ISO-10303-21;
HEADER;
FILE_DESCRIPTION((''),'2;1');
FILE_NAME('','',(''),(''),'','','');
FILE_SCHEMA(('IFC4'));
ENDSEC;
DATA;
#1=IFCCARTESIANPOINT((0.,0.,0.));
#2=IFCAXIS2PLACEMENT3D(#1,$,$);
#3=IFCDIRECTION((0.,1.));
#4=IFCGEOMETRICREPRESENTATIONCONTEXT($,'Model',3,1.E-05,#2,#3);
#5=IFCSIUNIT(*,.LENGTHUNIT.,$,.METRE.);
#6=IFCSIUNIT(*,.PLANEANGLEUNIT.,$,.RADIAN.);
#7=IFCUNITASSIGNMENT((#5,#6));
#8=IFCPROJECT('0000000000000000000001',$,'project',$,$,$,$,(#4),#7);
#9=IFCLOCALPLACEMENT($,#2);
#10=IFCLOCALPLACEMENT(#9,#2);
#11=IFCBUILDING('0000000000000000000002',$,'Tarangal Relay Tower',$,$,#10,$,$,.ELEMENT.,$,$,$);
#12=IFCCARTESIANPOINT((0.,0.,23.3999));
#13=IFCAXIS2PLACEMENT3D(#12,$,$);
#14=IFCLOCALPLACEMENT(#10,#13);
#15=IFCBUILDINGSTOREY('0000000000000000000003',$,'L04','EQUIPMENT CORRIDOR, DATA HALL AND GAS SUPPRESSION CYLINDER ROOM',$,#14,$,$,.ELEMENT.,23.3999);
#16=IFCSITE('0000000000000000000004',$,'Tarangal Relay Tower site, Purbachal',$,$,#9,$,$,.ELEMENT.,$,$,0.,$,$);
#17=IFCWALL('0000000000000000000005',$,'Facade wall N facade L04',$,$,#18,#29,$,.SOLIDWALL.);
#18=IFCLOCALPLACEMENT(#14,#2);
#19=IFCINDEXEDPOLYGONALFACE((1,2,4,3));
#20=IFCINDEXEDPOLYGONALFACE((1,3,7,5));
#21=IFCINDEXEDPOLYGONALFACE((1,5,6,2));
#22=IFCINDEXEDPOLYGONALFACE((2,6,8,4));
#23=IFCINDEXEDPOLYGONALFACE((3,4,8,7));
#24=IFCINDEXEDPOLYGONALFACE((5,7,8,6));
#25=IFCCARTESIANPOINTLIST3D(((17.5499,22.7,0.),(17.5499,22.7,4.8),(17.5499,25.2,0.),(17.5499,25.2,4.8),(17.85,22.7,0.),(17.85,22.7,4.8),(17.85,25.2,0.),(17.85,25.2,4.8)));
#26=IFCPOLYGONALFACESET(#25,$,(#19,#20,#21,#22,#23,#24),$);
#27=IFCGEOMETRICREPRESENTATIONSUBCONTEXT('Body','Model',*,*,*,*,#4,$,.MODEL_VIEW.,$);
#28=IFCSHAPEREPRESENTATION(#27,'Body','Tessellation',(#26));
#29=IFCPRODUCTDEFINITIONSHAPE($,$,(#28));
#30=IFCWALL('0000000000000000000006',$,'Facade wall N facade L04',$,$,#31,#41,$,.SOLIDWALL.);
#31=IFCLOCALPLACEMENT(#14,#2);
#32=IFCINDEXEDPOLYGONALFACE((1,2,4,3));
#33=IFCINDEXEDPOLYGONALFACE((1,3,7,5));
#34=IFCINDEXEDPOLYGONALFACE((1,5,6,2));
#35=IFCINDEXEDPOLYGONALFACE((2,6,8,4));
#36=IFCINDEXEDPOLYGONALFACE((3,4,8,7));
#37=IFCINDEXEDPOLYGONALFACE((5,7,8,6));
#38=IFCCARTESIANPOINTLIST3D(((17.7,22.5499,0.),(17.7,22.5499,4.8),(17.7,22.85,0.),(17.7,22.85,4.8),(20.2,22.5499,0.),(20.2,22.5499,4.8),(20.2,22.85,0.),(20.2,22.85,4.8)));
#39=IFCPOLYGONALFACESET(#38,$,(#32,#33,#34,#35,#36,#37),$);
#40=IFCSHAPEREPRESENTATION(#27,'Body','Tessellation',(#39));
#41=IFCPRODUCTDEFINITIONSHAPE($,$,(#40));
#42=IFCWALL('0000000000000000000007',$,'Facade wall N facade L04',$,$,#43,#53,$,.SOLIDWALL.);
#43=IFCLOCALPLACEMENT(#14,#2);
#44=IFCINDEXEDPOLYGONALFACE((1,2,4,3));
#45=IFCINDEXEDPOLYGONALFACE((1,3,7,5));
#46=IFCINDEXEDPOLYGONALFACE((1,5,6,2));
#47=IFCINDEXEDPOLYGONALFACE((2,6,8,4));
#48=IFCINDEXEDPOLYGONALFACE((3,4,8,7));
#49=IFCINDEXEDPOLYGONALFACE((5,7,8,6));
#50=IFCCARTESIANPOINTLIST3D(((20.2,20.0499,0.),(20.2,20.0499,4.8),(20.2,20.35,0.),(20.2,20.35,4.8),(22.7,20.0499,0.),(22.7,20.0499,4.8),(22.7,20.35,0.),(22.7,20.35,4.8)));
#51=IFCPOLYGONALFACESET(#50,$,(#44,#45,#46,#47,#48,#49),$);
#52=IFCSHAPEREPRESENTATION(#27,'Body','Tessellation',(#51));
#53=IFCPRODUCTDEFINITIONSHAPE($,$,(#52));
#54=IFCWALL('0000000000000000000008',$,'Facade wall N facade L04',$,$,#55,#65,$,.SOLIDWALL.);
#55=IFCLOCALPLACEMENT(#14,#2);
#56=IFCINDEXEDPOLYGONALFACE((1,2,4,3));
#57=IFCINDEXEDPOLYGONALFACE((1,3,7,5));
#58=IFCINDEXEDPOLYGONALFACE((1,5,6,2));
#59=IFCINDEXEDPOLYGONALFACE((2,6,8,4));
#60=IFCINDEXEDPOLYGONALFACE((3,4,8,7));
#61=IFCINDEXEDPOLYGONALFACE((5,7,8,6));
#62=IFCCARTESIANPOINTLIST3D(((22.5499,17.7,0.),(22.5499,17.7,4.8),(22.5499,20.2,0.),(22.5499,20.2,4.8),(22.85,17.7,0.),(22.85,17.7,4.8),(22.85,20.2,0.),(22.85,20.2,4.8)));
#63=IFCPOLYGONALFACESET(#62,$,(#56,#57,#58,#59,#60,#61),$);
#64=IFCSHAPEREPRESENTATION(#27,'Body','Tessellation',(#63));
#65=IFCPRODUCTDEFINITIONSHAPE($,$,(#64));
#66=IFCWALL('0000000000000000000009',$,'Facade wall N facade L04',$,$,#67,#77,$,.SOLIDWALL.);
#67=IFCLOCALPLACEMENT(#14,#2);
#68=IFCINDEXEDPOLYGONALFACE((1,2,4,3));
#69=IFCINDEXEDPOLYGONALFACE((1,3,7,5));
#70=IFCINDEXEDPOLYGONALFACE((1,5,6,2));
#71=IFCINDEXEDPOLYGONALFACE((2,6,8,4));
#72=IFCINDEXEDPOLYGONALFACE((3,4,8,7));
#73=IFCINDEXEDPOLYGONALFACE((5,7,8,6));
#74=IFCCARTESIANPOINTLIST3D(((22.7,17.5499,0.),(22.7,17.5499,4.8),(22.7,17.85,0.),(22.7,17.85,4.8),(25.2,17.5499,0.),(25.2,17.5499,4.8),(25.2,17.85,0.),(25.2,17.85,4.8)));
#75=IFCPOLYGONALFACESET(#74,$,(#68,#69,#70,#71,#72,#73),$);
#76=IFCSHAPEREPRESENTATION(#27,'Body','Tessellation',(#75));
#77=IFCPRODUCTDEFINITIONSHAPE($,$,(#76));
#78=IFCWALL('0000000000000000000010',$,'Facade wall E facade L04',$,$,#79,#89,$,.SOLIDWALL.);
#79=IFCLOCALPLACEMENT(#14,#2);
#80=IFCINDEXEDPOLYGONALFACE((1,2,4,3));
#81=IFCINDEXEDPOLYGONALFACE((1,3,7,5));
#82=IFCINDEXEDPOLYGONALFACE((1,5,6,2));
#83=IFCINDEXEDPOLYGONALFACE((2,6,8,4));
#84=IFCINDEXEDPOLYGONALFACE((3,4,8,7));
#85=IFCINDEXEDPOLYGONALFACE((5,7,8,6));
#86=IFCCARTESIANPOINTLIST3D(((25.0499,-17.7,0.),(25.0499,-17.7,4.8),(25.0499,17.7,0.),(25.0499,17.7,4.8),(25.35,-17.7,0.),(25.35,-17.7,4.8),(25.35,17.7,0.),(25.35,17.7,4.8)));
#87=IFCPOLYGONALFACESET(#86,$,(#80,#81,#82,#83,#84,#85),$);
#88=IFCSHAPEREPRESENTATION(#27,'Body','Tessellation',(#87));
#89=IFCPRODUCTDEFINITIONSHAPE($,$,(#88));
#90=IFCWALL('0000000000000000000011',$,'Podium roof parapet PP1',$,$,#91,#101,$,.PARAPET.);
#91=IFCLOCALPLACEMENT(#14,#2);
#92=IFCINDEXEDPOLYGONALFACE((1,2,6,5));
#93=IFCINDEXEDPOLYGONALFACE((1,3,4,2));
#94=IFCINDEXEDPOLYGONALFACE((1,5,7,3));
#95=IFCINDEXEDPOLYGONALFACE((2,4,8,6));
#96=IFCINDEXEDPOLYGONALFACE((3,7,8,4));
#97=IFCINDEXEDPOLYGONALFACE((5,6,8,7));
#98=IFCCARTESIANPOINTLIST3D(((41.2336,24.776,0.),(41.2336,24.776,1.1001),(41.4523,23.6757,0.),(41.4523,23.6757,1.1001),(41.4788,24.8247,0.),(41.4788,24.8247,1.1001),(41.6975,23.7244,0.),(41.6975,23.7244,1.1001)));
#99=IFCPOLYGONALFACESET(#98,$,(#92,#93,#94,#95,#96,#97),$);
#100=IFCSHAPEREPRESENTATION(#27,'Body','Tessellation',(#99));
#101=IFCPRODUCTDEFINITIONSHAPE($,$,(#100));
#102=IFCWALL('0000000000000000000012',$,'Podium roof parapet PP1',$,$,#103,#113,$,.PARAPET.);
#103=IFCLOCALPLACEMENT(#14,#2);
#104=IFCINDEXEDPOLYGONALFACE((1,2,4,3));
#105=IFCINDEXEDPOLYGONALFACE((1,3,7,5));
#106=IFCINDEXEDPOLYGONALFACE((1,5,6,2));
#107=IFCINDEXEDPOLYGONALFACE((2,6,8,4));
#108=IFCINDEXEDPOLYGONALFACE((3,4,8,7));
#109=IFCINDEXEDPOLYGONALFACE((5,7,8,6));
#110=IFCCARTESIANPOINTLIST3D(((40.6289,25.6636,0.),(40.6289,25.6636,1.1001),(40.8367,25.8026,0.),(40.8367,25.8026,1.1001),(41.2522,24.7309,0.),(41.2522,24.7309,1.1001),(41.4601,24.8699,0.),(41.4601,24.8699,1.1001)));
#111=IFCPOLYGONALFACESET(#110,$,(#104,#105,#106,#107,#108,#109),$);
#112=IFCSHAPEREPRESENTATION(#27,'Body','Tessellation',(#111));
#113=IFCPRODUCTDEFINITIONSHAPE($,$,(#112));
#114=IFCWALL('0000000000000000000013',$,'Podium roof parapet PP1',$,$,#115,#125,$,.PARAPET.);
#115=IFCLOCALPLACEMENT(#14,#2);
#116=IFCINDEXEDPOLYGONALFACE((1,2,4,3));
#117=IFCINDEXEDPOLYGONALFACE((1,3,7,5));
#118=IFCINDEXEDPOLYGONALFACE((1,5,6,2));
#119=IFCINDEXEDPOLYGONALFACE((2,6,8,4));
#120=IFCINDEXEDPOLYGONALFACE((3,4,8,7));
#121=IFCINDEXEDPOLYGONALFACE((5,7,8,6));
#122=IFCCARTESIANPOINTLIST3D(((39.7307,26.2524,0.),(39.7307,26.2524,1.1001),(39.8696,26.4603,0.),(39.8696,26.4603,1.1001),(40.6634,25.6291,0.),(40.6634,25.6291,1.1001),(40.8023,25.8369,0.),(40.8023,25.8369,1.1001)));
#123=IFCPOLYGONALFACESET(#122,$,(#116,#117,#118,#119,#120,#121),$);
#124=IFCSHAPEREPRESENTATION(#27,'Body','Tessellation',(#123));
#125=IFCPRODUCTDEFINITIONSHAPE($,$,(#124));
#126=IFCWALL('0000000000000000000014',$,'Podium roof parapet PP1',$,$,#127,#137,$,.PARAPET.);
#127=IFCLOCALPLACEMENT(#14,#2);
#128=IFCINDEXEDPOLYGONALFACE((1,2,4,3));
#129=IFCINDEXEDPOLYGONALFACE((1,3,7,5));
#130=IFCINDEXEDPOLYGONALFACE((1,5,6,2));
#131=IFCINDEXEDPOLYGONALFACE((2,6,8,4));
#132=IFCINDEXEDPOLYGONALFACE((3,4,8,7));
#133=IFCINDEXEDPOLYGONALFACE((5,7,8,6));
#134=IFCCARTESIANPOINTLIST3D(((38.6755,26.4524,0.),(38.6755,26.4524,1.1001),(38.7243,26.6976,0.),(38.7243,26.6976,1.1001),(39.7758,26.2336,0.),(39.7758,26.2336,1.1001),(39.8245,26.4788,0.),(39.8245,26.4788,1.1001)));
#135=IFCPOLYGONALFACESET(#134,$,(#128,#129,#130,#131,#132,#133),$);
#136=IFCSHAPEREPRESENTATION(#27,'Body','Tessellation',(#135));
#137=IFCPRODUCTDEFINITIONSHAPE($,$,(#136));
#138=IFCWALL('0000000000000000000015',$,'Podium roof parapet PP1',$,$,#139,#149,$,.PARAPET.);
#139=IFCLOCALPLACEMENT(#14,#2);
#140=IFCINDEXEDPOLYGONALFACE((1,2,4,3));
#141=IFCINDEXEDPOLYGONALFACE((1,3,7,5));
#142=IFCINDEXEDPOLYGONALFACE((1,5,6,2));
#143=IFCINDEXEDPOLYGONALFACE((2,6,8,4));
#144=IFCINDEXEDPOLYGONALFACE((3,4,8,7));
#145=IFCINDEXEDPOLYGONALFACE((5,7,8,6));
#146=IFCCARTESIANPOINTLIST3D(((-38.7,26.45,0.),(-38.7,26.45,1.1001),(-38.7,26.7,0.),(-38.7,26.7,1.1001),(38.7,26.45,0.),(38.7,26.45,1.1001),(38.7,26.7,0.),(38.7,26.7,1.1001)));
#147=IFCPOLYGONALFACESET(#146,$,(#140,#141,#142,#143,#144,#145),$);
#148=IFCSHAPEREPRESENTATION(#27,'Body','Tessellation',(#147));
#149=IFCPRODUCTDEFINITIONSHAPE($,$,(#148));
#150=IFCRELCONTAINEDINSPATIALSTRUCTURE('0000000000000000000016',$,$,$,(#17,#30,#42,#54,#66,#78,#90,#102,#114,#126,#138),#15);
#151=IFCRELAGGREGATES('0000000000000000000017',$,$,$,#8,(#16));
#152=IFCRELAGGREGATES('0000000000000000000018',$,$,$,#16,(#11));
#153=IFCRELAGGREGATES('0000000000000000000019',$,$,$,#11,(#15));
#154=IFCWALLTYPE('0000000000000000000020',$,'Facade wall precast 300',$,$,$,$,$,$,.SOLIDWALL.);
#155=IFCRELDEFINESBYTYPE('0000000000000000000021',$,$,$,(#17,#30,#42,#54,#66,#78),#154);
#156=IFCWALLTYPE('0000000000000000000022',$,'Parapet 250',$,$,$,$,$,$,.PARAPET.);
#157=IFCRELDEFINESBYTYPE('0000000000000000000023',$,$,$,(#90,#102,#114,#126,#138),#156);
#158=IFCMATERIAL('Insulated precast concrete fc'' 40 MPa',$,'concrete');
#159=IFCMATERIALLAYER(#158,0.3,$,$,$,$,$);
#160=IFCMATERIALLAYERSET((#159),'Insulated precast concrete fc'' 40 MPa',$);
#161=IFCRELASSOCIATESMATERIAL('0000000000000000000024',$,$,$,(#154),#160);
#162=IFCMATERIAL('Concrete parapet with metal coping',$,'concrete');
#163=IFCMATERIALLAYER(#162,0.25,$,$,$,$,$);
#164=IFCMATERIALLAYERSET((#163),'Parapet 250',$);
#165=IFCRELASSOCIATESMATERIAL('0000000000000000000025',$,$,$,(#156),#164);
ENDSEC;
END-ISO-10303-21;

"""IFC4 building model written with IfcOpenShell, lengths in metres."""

from ifc_helpers import new_model, si_unit, direction, frame, frame_2d, origin, place, context, subcontext, project, spatial, rectangle, extrude, material, layer, layer_set, type_object, element, save


model = new_model("IFC4")

# Units and contexts
model_context = context("Model", 3, precision=1e-05, world=origin(), true_north=direction((0.0, 1.0)))
body_context = subcontext(model_context, "Body", "Model", "MODEL_VIEW")
ifc_project = project(units=[si_unit("LENGTHUNIT", "METRE"), si_unit("PLANEANGLEUNIT", "RADIAN")], contexts=[model_context])

# Site, building, storey
site_placement = place(None, origin())
site = spatial("IfcSite", under=ifc_project, at=site_placement, Name="Tarangal Relay Tower site, Purbachal", CompositionType="ELEMENT", RefElevation=0.0)
building_placement = place(site_placement, origin())
building = spatial("IfcBuilding", under=site, at=building_placement, Name="Tarangal Relay Tower", CompositionType="ELEMENT")
storey_placement = place(building_placement, frame((0.0, 0.0, 23.3999)))
storey = spatial("IfcBuildingStorey", under=building, at=storey_placement, Name="L04", Description="EQUIPMENT CORRIDOR, DATA HALL AND GAS SUPPRESSION CYLINDER ROOM", CompositionType="ELEMENT", Elevation=23.3999)

# Walls
ifc_material_1 = material(Name="Insulated precast concrete fc' 40 MPa", Category="concrete")
ifc_layer_1 = layer(ifc_material_1, 0.3)
ifc_layer_set_1 = layer_set([ifc_layer_1], Name="Insulated precast concrete fc' 40 MPa")
wall_type_1 = type_object("IfcWallType", Name="Facade wall precast 300", PredefinedType="SOLIDWALL", material=ifc_layer_set_1)
for number, where, z_axis, x_axis, name in (
    (1, (17.7, 25.2, 0.0), (0.0, 0.0, 1.0), (0.0, -1.0, 0.0), "Facade wall N facade L04"),
    (2, (17.7, 22.7, 0.0), (0.0, 0.0, 1.0), (1.0, 0.0, 0.0), "Facade wall N facade L04"),
):
    element("IfcWall", number, at=place(storey_placement, frame(where, z_axis=z_axis, x_axis=x_axis)), inside=storey, type_object=wall_type_1, Name=name, PredefinedType="SOLIDWALL", context=body_context, shape_type="SweptSolid", body=[
        extrude(rectangle(XDim=2.5, YDim=0.3, at=frame_2d((1.25, 0.0))), origin(), (0.0, 0.0, 1.0), 4.8),
    ])

# Walls
for number, where, z_axis, x_axis, name in (
    (3, (20.2, 20.2, 0.0), (0.0, 0.0, 1.0), (1.0, 0.0, 0.0), "Facade wall N facade L04"),
    (4, (22.7, 20.2, 0.0), (0.0, 0.0, 1.0), (0.0, -1.0, 0.0), "Facade wall N facade L04"),
    (5, (22.7, 17.7, 0.0), (0.0, 0.0, 1.0), (1.0, 0.0, 0.0), "Facade wall N facade L04"),
):
    element("IfcWall", number, at=place(storey_placement, frame(where, z_axis=z_axis, x_axis=x_axis)), inside=storey, type_object=wall_type_1, Name=name, PredefinedType="SOLIDWALL", context=body_context, shape_type="SweptSolid", body=[
        extrude(rectangle(XDim=2.5, YDim=0.3, at=frame_2d((1.25, 0.0))), origin(), (0.0, 0.0, 1.0), 4.8),
    ])
wall_1_placement = place(storey_placement, frame((25.2, 17.7, 0.0), z_axis=(0.0, 0.0, 1.0), x_axis=(0.0, -1.0, 0.0)))
element("IfcWall", 6, at=wall_1_placement, inside=storey, type_object=wall_type_1, Name="Facade wall E facade L04", PredefinedType="SOLIDWALL", context=body_context, shape_type="SweptSolid", body=[
    extrude(rectangle(XDim=35.3999, YDim=0.3, at=frame_2d((17.7, 0.0))), origin(), (0.0, 0.0, 1.0), 4.8),
])
ifc_material_2 = material(Name="Concrete parapet with metal coping", Category="concrete")
ifc_layer_2 = layer(ifc_material_2, 0.25)
ifc_layer_set_2 = layer_set([ifc_layer_2], Name="Parapet 250")
wall_type_2 = type_object("IfcWallType", Name="Parapet 250", PredefinedType="PARAPET", material=ifc_layer_set_2)
for number, where, z_axis, x_axis, name in (
    (7, (41.575, 23.7, 0.0), (0.0, 0.0, 1.0), (-0.194986, 0.980806, 0.0), "Podium roof parapet PP1"),
    (8, (41.3562, 24.8003, 0.0), (0.0, 0.0, 1.0), (-0.555654, 0.831414, 0.0), "Podium roof parapet PP1"),
    (9, (40.7329, 25.7329, 0.0), (0.0, 0.0, 1.0), (-0.831414, 0.555654, 0.0), "Podium roof parapet PP1"),
    (10, (39.8003, 26.3562, 0.0), (0.0, 0.0, 1.0), (-0.980806, 0.194986, 0.0), "Podium roof parapet PP1"),
):
    element("IfcWall", number, at=place(storey_placement, frame(where, z_axis=z_axis, x_axis=x_axis)), inside=storey, type_object=wall_type_2, Name=name, PredefinedType="PARAPET", context=body_context, shape_type="SweptSolid", body=[
        extrude(rectangle(XDim=1.1218, YDim=0.25, at=frame_2d((0.561, 0.0))), origin(), (0.0, 0.0, 1.0), 1.1001),
    ])
wall_2_placement = place(storey_placement, frame((38.7, 26.575, 0.0), z_axis=(0.0, 0.0, 1.0), x_axis=(-1.0, 0.0, 0.0)))
element("IfcWall", 11, at=wall_2_placement, inside=storey, type_object=wall_type_2, Name="Podium roof parapet PP1", PredefinedType="PARAPET", context=body_context, shape_type="SweptSolid", body=[
    extrude(rectangle(XDim=77.3999, YDim=0.25, at=frame_2d((38.7, 0.0))), origin(), (0.0, 0.0, 1.0), 1.1001),
])

save(model, "model.ifc")
